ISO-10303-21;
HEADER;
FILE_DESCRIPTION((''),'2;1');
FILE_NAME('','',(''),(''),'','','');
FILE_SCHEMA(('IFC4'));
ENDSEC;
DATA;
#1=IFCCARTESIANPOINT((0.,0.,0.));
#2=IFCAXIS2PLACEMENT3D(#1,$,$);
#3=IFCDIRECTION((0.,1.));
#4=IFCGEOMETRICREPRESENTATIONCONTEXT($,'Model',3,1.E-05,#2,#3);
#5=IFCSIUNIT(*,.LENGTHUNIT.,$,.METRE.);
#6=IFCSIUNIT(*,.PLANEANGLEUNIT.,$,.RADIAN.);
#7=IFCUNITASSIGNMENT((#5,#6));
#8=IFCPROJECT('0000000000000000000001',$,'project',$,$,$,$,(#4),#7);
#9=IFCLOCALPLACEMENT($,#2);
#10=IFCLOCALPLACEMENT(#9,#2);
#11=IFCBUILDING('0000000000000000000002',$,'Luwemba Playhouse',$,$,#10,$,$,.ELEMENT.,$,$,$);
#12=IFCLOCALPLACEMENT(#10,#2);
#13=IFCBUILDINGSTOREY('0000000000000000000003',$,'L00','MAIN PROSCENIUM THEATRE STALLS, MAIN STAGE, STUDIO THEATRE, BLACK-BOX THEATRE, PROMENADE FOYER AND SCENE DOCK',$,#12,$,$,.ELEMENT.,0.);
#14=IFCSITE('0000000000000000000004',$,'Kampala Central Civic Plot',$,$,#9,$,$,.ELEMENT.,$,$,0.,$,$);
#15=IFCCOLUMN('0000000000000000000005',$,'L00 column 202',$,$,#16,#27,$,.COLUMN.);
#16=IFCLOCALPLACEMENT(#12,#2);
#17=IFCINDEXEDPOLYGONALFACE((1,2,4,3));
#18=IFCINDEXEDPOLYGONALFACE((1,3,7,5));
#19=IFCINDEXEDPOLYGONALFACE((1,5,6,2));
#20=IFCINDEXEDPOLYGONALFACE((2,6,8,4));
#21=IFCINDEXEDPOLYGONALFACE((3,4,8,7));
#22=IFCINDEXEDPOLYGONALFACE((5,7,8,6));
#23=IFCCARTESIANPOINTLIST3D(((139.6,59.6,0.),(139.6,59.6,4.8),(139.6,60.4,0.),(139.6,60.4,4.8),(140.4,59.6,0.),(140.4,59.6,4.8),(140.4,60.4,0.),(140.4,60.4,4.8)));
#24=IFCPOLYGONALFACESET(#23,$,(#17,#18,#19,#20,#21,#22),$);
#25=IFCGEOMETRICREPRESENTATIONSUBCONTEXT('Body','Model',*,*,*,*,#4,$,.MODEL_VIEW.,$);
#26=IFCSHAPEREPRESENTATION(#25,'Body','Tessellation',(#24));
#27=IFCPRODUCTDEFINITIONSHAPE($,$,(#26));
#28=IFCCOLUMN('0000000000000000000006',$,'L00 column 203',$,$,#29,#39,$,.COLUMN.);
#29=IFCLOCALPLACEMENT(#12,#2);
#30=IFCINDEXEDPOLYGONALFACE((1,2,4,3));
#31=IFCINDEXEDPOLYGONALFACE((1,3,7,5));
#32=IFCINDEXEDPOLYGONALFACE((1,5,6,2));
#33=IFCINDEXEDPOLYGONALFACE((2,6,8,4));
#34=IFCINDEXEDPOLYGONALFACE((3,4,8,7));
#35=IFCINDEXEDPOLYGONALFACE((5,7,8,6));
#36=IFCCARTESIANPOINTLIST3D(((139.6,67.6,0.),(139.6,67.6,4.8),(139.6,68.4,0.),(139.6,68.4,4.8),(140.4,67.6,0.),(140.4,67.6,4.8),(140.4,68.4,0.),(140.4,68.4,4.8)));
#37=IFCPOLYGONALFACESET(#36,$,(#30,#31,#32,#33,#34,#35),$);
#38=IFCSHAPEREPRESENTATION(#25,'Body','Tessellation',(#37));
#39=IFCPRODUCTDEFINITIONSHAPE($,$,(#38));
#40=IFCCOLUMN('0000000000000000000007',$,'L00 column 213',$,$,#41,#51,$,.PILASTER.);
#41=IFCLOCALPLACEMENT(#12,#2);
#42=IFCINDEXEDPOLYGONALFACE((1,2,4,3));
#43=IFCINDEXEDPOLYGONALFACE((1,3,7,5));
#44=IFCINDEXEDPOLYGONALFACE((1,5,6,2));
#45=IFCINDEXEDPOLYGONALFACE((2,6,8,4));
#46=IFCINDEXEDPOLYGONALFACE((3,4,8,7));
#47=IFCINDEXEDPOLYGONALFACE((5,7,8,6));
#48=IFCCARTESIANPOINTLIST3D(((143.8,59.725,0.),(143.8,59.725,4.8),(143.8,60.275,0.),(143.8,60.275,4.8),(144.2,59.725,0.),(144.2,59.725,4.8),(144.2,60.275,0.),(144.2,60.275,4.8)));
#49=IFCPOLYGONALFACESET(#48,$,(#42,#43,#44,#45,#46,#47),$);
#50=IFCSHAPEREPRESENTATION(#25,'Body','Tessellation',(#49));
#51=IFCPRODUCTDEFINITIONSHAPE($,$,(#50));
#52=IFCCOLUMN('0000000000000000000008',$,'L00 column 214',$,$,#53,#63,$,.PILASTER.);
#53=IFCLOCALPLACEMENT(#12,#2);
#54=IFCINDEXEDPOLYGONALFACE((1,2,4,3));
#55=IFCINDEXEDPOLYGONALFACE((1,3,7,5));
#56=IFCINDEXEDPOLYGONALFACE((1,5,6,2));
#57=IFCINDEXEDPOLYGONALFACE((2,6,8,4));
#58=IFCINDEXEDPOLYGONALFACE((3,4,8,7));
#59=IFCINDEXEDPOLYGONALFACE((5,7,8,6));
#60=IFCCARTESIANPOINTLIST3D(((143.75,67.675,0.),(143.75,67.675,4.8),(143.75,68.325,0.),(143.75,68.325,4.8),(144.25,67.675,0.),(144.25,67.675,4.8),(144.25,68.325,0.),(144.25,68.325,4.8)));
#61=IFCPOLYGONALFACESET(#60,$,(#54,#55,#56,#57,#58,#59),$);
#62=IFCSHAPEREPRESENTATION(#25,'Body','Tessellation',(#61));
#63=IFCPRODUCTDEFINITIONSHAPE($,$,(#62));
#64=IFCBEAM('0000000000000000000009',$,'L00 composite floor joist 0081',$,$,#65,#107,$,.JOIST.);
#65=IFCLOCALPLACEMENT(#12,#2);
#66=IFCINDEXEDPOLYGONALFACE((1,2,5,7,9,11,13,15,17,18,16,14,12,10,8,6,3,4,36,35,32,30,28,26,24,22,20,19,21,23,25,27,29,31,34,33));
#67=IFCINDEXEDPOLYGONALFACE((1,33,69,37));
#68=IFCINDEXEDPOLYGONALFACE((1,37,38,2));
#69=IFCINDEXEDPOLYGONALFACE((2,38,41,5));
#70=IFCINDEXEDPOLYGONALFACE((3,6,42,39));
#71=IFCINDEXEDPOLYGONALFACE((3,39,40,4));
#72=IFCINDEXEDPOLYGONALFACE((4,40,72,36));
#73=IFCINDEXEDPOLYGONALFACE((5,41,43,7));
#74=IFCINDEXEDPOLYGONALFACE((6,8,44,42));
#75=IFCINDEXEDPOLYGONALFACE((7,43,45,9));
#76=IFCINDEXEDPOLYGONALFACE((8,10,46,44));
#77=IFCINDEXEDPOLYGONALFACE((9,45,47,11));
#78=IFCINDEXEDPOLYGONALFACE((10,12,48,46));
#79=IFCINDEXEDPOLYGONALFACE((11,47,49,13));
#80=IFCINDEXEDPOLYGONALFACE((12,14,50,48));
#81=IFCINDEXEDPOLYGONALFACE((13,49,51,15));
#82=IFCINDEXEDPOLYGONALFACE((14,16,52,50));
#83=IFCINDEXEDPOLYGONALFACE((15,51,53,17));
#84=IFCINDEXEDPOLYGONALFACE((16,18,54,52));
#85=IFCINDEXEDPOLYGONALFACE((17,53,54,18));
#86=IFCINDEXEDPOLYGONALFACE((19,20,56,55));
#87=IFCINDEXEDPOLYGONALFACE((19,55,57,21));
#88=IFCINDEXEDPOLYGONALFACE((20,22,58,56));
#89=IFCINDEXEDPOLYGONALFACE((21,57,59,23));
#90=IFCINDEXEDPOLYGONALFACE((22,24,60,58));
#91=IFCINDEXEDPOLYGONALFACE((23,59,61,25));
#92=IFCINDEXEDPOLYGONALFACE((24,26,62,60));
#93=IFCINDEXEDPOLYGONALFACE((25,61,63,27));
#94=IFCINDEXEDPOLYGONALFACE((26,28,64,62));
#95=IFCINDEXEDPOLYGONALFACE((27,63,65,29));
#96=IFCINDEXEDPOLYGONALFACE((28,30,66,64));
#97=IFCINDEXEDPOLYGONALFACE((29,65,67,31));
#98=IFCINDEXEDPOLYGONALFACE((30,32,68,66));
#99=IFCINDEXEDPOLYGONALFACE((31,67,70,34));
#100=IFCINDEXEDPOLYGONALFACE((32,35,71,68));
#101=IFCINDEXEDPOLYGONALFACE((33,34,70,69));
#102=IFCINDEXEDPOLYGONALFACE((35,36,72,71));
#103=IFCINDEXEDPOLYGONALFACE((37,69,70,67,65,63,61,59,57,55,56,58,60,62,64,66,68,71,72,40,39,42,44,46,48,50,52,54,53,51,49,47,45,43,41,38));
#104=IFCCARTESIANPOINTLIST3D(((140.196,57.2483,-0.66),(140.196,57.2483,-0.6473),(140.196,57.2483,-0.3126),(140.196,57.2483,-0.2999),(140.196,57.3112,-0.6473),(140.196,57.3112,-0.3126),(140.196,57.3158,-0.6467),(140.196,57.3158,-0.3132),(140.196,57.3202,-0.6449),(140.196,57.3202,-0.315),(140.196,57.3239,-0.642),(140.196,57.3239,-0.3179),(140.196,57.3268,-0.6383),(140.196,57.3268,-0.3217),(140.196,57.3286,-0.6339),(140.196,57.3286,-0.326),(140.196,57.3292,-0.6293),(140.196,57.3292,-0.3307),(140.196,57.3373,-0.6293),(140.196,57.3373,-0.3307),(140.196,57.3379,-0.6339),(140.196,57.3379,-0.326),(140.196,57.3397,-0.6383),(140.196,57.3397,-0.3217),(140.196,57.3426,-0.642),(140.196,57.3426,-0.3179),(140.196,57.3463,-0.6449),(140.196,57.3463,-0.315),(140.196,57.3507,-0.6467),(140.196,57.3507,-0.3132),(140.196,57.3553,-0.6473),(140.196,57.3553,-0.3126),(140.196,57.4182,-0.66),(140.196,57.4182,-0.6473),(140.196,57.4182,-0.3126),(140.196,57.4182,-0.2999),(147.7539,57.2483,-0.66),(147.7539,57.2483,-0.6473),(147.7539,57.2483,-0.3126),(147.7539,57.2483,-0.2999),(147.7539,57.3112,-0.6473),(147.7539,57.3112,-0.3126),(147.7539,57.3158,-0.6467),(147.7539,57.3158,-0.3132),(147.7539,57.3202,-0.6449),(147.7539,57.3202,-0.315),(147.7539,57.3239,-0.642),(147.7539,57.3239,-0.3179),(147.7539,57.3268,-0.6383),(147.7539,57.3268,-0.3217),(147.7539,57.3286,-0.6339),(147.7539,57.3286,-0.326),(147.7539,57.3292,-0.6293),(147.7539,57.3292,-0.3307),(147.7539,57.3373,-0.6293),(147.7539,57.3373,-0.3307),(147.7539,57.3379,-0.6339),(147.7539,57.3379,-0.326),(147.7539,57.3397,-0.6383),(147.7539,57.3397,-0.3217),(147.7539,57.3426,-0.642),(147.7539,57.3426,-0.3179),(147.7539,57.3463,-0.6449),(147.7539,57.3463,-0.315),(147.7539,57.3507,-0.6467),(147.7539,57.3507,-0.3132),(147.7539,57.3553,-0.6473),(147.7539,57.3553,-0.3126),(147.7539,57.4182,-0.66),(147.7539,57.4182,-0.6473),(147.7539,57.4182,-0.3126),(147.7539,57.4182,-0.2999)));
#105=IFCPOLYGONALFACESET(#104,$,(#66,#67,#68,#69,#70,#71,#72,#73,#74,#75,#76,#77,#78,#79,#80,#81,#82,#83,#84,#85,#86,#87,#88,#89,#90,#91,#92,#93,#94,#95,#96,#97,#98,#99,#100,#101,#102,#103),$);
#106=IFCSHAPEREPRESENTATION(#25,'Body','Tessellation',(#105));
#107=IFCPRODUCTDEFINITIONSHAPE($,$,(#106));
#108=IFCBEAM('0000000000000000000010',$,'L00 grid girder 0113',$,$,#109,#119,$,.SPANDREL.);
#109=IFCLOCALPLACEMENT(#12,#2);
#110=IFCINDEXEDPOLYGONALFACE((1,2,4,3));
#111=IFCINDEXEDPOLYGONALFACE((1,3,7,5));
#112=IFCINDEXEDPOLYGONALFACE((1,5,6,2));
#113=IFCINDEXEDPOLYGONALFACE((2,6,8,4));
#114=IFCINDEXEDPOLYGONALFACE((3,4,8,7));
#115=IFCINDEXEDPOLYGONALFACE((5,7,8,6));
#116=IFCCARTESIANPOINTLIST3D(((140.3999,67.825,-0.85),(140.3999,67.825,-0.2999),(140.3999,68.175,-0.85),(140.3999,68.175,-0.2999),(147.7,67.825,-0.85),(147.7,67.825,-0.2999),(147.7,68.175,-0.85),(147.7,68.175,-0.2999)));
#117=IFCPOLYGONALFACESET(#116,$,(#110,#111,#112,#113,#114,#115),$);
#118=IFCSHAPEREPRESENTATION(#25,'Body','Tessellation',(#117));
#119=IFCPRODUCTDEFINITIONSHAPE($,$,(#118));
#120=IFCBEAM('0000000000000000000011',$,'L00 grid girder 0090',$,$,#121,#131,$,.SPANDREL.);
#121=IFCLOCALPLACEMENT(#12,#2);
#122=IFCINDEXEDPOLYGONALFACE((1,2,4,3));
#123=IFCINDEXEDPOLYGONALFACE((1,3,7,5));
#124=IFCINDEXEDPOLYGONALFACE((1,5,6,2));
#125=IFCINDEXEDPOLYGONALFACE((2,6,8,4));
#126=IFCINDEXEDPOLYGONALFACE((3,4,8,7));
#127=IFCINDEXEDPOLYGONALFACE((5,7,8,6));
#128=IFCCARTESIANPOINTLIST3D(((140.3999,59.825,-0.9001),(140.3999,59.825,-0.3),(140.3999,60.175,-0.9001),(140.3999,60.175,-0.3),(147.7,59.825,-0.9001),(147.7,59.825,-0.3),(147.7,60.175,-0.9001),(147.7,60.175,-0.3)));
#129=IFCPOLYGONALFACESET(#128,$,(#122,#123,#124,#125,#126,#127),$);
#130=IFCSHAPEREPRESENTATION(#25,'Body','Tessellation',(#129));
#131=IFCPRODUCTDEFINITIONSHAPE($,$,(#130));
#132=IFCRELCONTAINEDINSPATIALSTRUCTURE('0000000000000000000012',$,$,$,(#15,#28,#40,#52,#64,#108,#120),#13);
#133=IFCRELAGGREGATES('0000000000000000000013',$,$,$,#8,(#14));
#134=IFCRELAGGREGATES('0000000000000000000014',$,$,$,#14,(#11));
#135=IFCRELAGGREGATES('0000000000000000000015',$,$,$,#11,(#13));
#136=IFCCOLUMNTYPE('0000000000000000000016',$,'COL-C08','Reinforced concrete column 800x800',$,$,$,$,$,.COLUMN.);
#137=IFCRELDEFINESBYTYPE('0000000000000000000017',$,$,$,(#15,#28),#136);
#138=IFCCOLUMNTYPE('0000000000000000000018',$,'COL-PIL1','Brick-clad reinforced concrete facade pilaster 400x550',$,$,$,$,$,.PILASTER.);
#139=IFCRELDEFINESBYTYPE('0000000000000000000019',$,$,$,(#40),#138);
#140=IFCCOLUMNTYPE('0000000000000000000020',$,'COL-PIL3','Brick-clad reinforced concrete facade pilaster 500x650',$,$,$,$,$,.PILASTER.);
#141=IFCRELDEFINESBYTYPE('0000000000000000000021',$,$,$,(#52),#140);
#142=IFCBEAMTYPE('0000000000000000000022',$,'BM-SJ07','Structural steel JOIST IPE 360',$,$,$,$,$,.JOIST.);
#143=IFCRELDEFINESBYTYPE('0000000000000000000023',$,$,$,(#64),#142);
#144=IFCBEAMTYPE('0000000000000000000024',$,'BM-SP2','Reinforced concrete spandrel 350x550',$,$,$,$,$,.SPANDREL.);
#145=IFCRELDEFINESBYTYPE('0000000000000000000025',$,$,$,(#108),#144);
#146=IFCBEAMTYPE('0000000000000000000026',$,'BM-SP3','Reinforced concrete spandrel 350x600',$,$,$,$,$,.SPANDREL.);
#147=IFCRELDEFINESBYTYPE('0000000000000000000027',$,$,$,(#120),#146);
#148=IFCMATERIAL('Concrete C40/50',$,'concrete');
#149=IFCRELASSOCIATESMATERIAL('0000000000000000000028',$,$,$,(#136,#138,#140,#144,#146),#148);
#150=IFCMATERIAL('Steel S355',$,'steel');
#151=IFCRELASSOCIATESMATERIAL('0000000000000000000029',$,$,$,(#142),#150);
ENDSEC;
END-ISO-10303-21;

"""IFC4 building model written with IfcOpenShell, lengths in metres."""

from ifc_helpers import new_model, si_unit, direction, frame, origin, origin_2d, place, context, subcontext, project, spatial, rectangle, i_section, extrude, material, material_profile, profile_set, type_object, element, save


model = new_model("IFC4")

# Units and contexts
model_context = context("Model", 3, precision=1e-05, world=origin(), true_north=direction((0.0, 1.0)))
body_context = subcontext(model_context, "Body", "Model", "MODEL_VIEW")
ifc_project = project(units=[si_unit("LENGTHUNIT", "METRE"), si_unit("PLANEANGLEUNIT", "RADIAN")], contexts=[model_context])

# Site, building, storey
site_placement = place(None, origin())
site = spatial("IfcSite", under=ifc_project, at=site_placement, Name="Kampala Central Civic Plot", CompositionType="ELEMENT", RefElevation=0.0)
building_placement = place(site_placement, origin())
building = spatial("IfcBuilding", under=site, at=building_placement, Name="Luwemba Playhouse", CompositionType="ELEMENT")
storey_placement = place(building_placement, origin())
storey = spatial("IfcBuildingStorey", under=building, at=storey_placement, Name="L00", Description="MAIN PROSCENIUM THEATRE STALLS, MAIN STAGE, STUDIO THEATRE, BLACK-BOX THEATRE, PROMENADE FOYER AND SCENE DOCK", CompositionType="ELEMENT", Elevation=0.0)

# Columns
ifc_material_1 = material(Name="Concrete C40/50", Category="concrete")
ifc_material_profile_1 = material_profile(ifc_material_1, rectangle(XDim=0.8, YDim=0.8, at=origin_2d()))
ifc_profile_set_1 = profile_set([ifc_material_profile_1], Name="Concrete C40/50")
column_type_1 = type_object("IfcColumnType", Name="COL-C08", Description="Reinforced concrete column 800x800", PredefinedType="COLUMN", material=ifc_profile_set_1)
for number, where, z_axis, x_axis, name in (
    (1, (140.0, 60.0, 0.0), (0.0, 0.0, 1.0), (1.0, 0.0, 0.0), "L00 column 202"),
    (2, (140.0, 68.0, 0.0), (0.0, 0.0, 1.0), (1.0, 0.0, 0.0), "L00 column 203"),
):
    element("IfcColumn", number, at=place(storey_placement, frame(where, z_axis=z_axis, x_axis=x_axis)), inside=storey, type_object=column_type_1, Name=name, PredefinedType="COLUMN", context=body_context, shape_type="SweptSolid", body=[
        extrude(rectangle(XDim=0.8, YDim=0.8, at=origin_2d()), origin(), (0.0, 0.0, 1.0), 4.8),
    ])
ifc_material_profile_2 = material_profile(ifc_material_1, rectangle(XDim=0.3999, YDim=0.55, at=origin_2d()))
ifc_profile_set_2 = profile_set([ifc_material_profile_2], Name="Concrete C40/50")
column_type_2 = type_object("IfcColumnType", Name="COL-PIL1", Description="Brick-clad reinforced concrete facade pilaster 400x550", PredefinedType="PILASTER", material=ifc_profile_set_2)
column_1_placement = place(storey_placement, frame((144.0, 60.0, 0.0), z_axis=(0.0, 0.0, 1.0), x_axis=(1.0, 0.0, 0.0)))
element("IfcColumn", 3, at=column_1_placement, inside=storey, type_object=column_type_2, Name="L00 column 213", PredefinedType="PILASTER", context=body_context, shape_type="SweptSolid", body=[
    extrude(rectangle(XDim=0.3999, YDim=0.55, at=origin_2d()), origin(), (0.0, 0.0, 1.0), 4.8),
])
ifc_material_profile_3 = material_profile(ifc_material_1, rectangle(XDim=0.5, YDim=0.6499, at=origin_2d()))
ifc_profile_set_3 = profile_set([ifc_material_profile_3], Name="Concrete C40/50")
column_type_3 = type_object("IfcColumnType", Name="COL-PIL3", Description="Brick-clad reinforced concrete facade pilaster 500x650", PredefinedType="PILASTER", material=ifc_profile_set_3)
column_2_placement = place(storey_placement, frame((144.0, 68.0, 0.0), z_axis=(0.0, 0.0, 1.0), x_axis=(1.0, 0.0, 0.0)))
element("IfcColumn", 4, at=column_2_placement, inside=storey, type_object=column_type_3, Name="L00 column 214", PredefinedType="PILASTER", context=body_context, shape_type="SweptSolid", body=[
    extrude(rectangle(XDim=0.5, YDim=0.6499, at=origin_2d()), origin(), (0.0, 0.0, 1.0), 4.8),
])

# Beams
ifc_material_2 = material(Name="Steel S355", Category="steel")
ifc_material_profile_4 = material_profile(ifc_material_2, i_section(OverallWidth=0.1699, OverallDepth=0.3601, WebThickness=0.0081, FlangeThickness=0.0127, FilletRadius=0.0181, at=origin_2d()))
ifc_profile_set_4 = profile_set([ifc_material_profile_4], Name="Steel S355")
beam_type_1 = type_object("IfcBeamType", Name="BM-SJ07", Description="Structural steel JOIST IPE 360", PredefinedType="JOIST", material=ifc_profile_set_4)
beam_1_placement = place(storey_placement, frame((140.196, 57.3333, -0.48), z_axis=(1.0, 0.0, 0.0), x_axis=(0.0, 1.0, 0.0)))
element("IfcBeam", 5, at=beam_1_placement, inside=storey, type_object=beam_type_1, Name="L00 composite floor joist 0081", PredefinedType="JOIST", context=body_context, shape_type="SweptSolid", body=[
    extrude(i_section(OverallWidth=0.1699, OverallDepth=0.3601, WebThickness=0.0081, FlangeThickness=0.0127, FilletRadius=0.0181, at=origin_2d()), origin(), (0.0, 0.0, 1.0), 7.5579),
])
ifc_material_profile_5 = material_profile(ifc_material_1, rectangle(XDim=0.3501, YDim=0.55, at=origin_2d()))
ifc_profile_set_5 = profile_set([ifc_material_profile_5], Name="Concrete C40/50")
beam_type_2 = type_object("IfcBeamType", Name="BM-SP2", Description="Reinforced concrete spandrel 350x550", PredefinedType="SPANDREL", material=ifc_profile_set_5)
beam_2_placement = place(storey_placement, frame((140.3999, 68.0, -0.575), z_axis=(1.0, 0.0, 0.0), x_axis=(0.0, 1.0, 0.0)))
element("IfcBeam", 6, at=beam_2_placement, inside=storey, type_object=beam_type_2, Name="L00 grid girder 0113", PredefinedType="SPANDREL", context=body_context, shape_type="SweptSolid", body=[
    extrude(rectangle(XDim=0.3501, YDim=0.55, at=origin_2d()), origin(), (0.0, 0.0, 1.0), 7.3),
])
ifc_material_profile_6 = material_profile(ifc_material_1, rectangle(XDim=0.3501, YDim=0.6001, at=origin_2d()))
ifc_profile_set_6 = profile_set([ifc_material_profile_6], Name="Concrete C40/50")
beam_type_3 = type_object("IfcBeamType", Name="BM-SP3", Description="Reinforced concrete spandrel 350x600", PredefinedType="SPANDREL", material=ifc_profile_set_6)
beam_3_placement = place(storey_placement, frame((140.3999, 60.0, -0.6001), z_axis=(1.0, 0.0, 0.0), x_axis=(0.0, 1.0, 0.0)))
element("IfcBeam", 7, at=beam_3_placement, inside=storey, type_object=beam_type_3, Name="L00 grid girder 0090", PredefinedType="SPANDREL", context=body_context, shape_type="SweptSolid", body=[
    extrude(rectangle(XDim=0.3501, YDim=0.6001, at=origin_2d()), origin(), (0.0, 0.0, 1.0), 7.3),
])

save(model, "model.ifc")
